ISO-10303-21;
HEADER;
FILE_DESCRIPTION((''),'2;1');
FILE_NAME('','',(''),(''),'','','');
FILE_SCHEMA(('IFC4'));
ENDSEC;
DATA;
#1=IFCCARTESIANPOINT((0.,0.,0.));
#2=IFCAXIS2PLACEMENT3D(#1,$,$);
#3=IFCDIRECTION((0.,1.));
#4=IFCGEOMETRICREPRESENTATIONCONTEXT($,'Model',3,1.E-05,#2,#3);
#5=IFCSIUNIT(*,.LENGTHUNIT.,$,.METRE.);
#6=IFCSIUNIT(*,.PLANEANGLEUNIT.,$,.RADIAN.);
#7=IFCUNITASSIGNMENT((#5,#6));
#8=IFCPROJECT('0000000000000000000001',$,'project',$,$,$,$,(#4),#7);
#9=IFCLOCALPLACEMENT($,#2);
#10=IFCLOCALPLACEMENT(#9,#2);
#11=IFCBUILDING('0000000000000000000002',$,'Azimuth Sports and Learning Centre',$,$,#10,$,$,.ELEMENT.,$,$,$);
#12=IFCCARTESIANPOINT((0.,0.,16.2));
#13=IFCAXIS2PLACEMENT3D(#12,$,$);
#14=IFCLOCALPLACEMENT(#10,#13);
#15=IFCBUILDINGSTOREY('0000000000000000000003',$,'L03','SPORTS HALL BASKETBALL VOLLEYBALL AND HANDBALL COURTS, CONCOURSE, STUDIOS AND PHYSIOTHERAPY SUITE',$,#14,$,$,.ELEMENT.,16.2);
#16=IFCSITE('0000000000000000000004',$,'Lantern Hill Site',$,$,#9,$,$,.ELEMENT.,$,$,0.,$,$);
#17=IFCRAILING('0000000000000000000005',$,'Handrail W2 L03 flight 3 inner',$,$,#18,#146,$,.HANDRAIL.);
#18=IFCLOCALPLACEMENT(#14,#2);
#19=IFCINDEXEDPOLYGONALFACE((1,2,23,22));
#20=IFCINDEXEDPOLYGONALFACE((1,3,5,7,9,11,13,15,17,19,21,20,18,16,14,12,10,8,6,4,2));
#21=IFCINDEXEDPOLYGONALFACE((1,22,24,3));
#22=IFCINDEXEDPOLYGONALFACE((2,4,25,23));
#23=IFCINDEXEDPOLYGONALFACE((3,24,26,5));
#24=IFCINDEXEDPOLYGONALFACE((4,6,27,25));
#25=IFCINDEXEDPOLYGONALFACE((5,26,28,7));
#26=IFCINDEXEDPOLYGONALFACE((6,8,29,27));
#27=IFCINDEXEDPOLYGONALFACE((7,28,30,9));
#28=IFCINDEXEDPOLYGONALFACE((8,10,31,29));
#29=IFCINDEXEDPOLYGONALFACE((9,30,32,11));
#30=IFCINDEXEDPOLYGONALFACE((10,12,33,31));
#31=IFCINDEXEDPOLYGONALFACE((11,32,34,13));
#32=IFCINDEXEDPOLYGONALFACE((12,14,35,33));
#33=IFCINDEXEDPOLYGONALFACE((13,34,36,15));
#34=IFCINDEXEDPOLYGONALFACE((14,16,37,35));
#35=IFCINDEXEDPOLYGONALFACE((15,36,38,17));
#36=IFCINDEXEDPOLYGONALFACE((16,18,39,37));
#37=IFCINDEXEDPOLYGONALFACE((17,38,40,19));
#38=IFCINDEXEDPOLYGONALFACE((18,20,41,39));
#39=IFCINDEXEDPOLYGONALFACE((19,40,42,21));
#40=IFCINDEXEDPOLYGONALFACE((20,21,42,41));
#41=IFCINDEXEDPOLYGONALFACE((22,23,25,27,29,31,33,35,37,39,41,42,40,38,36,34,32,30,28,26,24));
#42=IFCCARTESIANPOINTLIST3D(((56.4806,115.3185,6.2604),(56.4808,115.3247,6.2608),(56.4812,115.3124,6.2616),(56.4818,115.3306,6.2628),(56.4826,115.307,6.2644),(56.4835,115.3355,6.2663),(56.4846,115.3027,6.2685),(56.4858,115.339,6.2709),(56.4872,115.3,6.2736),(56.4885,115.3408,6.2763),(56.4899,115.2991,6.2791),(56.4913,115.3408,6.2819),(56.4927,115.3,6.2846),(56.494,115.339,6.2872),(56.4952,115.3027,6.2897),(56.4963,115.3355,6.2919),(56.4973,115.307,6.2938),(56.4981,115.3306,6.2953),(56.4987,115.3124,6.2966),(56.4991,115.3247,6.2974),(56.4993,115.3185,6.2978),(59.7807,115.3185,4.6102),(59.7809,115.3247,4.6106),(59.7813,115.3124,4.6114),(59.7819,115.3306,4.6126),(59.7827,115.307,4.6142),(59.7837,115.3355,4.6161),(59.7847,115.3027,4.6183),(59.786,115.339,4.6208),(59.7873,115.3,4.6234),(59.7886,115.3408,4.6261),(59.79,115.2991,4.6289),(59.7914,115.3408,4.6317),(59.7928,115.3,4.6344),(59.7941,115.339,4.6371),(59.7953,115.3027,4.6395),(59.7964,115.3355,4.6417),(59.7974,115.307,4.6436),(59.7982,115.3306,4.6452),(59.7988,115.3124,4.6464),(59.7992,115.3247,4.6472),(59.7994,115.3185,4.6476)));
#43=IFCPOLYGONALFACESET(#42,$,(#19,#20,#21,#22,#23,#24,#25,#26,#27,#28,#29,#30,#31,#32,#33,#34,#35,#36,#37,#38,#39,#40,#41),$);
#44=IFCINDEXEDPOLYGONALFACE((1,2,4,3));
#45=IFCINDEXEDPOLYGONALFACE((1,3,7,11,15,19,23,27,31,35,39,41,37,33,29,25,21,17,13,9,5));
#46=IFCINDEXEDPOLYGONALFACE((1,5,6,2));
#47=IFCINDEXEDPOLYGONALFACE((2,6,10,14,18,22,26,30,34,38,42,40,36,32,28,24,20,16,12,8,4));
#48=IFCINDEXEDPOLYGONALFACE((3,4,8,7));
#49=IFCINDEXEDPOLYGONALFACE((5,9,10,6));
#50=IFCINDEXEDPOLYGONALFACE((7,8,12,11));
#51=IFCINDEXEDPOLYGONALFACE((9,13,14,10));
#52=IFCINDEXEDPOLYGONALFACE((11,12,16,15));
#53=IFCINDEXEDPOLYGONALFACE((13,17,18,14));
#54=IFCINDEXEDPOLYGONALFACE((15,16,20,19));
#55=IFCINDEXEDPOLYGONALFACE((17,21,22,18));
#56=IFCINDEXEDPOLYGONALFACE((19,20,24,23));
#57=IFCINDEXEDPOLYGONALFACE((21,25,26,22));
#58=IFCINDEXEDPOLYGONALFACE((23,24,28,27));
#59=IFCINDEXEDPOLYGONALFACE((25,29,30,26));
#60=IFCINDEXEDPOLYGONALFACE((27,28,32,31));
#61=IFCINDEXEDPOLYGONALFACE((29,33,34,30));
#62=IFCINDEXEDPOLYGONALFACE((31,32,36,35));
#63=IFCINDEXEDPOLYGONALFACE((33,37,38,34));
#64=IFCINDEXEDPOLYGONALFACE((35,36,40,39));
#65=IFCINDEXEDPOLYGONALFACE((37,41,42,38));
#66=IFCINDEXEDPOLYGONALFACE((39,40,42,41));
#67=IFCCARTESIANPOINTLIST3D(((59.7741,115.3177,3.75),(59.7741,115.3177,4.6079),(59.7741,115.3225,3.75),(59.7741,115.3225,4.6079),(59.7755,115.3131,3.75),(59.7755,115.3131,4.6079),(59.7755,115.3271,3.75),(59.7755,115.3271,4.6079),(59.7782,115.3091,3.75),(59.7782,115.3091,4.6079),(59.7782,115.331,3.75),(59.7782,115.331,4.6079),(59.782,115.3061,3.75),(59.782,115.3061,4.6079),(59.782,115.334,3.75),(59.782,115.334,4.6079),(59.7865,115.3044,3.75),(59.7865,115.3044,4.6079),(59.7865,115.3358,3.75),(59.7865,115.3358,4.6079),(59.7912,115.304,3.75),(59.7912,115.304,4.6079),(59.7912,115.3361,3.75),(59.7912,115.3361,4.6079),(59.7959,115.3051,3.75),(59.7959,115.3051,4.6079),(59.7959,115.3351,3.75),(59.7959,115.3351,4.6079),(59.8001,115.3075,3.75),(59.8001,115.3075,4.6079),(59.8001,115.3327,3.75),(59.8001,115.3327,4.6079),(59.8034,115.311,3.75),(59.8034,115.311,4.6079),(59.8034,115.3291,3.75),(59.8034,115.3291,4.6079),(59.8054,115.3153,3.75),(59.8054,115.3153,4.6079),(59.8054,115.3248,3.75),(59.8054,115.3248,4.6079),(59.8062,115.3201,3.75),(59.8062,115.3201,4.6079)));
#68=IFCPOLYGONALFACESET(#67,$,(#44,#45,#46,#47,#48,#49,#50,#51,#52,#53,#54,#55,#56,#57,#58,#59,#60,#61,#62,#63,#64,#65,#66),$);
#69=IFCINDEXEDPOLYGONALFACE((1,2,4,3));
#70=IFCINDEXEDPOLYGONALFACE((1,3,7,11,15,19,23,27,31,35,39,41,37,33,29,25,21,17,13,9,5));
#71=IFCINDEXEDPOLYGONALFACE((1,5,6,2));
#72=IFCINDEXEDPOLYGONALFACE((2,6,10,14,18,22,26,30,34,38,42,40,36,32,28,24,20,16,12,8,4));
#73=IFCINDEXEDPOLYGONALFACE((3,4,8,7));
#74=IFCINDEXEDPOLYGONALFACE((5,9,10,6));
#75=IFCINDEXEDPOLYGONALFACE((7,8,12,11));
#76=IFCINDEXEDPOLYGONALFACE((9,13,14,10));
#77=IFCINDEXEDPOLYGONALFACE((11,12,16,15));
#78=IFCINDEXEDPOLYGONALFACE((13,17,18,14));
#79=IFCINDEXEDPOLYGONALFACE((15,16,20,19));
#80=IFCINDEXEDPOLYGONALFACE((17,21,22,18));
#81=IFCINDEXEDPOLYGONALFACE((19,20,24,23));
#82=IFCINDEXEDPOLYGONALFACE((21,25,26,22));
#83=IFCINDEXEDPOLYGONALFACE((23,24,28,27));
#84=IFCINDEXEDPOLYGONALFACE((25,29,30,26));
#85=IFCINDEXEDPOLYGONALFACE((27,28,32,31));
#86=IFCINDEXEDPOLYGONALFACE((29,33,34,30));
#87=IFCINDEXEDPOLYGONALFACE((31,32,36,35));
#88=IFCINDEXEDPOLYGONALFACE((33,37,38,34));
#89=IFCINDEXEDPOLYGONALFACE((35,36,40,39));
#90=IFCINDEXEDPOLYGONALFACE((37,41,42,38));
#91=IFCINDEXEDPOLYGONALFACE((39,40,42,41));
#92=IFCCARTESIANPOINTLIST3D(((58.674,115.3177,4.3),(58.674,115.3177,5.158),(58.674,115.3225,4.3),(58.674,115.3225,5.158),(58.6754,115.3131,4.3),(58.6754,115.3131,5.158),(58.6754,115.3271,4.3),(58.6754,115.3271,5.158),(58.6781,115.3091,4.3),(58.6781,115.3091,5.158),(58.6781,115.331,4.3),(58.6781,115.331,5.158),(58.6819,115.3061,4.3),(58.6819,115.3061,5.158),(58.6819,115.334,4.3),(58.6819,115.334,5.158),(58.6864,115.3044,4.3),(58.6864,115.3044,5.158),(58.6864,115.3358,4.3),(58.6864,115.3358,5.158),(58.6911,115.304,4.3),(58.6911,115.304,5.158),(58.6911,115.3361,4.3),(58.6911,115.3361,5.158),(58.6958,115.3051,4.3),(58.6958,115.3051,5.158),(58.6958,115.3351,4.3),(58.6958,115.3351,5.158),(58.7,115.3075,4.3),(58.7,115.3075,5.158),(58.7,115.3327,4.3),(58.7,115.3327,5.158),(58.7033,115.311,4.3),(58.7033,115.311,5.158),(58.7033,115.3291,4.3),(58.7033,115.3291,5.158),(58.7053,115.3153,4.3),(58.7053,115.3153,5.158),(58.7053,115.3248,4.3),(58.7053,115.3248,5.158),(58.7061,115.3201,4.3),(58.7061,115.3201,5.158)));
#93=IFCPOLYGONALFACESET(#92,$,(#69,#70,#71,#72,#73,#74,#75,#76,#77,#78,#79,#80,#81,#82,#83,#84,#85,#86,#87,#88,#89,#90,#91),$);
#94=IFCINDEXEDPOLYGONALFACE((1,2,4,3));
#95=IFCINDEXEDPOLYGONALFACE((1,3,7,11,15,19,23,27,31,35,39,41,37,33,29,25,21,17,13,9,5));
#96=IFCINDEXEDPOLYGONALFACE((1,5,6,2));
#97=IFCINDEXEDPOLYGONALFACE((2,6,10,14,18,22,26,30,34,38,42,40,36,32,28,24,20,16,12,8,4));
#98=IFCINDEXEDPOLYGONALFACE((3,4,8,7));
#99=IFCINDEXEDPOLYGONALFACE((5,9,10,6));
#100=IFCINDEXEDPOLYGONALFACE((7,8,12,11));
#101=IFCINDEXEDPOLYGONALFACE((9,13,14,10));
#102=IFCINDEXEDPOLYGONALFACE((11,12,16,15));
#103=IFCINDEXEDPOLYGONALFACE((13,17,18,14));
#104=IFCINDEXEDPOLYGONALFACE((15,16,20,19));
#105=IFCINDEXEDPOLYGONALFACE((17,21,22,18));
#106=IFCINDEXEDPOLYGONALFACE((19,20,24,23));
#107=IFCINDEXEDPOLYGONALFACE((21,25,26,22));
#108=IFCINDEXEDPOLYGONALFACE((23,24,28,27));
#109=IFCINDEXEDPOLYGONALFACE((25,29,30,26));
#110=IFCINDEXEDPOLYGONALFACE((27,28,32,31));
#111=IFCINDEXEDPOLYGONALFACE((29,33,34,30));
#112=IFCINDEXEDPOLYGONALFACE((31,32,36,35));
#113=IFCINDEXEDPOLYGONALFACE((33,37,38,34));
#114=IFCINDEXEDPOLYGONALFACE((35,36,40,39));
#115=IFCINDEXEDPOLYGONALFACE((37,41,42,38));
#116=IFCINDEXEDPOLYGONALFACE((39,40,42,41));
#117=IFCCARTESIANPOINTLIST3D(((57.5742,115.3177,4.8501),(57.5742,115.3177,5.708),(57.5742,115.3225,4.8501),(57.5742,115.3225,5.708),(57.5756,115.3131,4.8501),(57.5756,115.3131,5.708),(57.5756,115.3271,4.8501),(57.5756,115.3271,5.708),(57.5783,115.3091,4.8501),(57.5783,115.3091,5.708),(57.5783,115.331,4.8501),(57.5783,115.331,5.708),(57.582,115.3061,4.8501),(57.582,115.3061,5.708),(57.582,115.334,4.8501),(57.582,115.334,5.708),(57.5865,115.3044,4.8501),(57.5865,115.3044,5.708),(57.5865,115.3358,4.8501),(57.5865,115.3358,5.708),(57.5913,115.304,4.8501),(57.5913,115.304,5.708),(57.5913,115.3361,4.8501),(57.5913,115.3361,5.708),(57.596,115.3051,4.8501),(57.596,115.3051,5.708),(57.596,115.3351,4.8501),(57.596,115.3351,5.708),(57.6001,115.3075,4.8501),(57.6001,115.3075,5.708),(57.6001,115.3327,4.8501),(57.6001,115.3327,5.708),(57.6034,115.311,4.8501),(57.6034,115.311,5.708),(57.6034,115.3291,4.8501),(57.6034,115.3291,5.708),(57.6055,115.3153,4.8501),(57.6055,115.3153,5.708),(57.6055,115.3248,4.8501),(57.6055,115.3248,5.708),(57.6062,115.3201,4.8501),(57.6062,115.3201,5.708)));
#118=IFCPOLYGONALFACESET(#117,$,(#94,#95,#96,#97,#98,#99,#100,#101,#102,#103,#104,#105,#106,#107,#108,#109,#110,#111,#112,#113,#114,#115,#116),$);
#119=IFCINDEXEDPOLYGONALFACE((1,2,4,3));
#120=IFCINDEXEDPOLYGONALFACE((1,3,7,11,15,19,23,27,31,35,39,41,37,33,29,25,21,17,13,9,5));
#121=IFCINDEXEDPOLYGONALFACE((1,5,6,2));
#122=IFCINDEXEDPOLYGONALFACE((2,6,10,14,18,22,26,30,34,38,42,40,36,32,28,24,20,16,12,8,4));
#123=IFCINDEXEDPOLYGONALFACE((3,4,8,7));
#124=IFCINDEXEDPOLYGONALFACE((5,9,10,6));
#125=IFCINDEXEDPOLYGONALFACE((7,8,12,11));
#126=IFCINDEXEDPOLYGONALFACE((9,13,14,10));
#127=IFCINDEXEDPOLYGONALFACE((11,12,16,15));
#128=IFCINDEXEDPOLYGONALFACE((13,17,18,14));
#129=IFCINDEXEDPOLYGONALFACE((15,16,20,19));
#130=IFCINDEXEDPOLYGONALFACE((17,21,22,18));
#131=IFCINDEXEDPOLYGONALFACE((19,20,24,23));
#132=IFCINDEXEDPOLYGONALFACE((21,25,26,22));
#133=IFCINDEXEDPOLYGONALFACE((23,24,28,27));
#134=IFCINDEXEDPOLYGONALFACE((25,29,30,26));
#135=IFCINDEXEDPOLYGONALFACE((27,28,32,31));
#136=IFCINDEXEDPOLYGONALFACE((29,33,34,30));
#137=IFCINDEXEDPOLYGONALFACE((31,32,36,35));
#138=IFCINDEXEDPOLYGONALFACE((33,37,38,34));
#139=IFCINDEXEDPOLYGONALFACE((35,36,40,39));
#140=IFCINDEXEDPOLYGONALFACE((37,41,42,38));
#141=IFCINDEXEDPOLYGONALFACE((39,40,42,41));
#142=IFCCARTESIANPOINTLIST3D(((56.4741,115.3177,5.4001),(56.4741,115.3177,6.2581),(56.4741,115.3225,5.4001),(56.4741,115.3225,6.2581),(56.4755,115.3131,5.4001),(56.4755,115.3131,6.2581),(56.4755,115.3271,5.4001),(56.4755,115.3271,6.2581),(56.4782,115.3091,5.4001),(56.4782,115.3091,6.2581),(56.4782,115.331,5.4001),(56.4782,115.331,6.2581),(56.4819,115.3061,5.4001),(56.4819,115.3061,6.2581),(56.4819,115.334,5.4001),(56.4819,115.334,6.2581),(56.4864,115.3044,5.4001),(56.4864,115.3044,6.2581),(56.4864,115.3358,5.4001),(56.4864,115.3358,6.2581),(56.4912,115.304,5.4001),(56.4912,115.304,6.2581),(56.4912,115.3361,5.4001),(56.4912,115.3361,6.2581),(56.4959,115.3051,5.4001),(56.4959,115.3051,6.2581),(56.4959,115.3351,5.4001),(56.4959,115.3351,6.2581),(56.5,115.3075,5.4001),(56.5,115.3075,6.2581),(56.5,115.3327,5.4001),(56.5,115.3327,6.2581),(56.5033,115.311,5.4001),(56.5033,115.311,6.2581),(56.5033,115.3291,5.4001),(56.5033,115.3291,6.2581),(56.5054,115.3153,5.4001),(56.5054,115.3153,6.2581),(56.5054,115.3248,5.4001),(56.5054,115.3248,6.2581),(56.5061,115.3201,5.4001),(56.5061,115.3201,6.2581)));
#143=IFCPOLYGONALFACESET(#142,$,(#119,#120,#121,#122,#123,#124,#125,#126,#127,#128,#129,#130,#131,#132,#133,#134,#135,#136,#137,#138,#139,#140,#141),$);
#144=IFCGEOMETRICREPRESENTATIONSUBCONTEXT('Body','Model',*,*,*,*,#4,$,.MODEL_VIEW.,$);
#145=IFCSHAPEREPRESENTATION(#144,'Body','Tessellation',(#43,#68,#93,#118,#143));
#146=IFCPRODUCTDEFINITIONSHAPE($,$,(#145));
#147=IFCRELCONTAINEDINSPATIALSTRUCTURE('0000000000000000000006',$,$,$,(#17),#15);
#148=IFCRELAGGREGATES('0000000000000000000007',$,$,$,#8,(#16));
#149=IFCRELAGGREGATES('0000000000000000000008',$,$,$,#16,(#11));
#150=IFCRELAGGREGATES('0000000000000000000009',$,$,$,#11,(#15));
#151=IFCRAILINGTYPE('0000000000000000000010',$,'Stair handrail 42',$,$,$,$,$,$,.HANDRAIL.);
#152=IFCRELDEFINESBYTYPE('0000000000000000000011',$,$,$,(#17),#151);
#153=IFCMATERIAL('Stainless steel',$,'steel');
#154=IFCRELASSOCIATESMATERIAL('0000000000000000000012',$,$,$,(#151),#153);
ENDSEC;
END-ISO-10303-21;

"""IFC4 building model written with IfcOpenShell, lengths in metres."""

from ifc_helpers import new_model, si_unit, direction, frame, origin, origin_2d, place, context, subcontext, project, spatial, circle, extrude, material, type_object, element, save


model = new_model("IFC4")

# Units and contexts
model_context = context("Model", 3, precision=1e-05, world=origin(), true_north=direction((0.0, 1.0)))
body_context = subcontext(model_context, "Body", "Model", "MODEL_VIEW")
ifc_project = project(units=[si_unit("LENGTHUNIT", "METRE"), si_unit("PLANEANGLEUNIT", "RADIAN")], contexts=[model_context])

# Site, building, storey
site_placement = place(None, origin())
site = spatial("IfcSite", under=ifc_project, at=site_placement, Name="Lantern Hill Site", CompositionType="ELEMENT", RefElevation=0.0)
building_placement = place(site_placement, origin())
building = spatial("IfcBuilding", under=site, at=building_placement, Name="Azimuth Sports and Learning Centre", CompositionType="ELEMENT")
storey_placement = place(building_placement, frame((0.0, 0.0, 16.2)))
storey = spatial("IfcBuildingStorey", under=building, at=storey_placement, Name="L03", Description="SPORTS HALL BASKETBALL VOLLEYBALL AND HANDBALL COURTS, CONCOURSE, STUDIOS AND PHYSIOTHERAPY SUITE", CompositionType="ELEMENT", Elevation=16.2)

# Railing
ifc_material_1 = material(Name="Stainless steel", Category="steel")
railing_type = type_object("IfcRailingType", Name="Stair handrail 42", PredefinedType="HANDRAIL", material=ifc_material_1)
for number, where, name in (
    (1, (59.79, 115.3201, 3.75), "Handrail W2 L03 flight 3 inner"),
):
    element("IfcRailing", number, at=place(storey_placement, frame(where)), inside=storey, type_object=railing_type, Name=name, PredefinedType="HANDRAIL", context=body_context, shape_type="SweptSolid", body=[
        extrude(circle(Radius=0.021, at=origin_2d()), frame((0.0, 0.0, 0.8789), z_axis=(-0.894414, 0.0, 0.44724), x_axis=(0.0, -1.0, 0.0)), (0.0, 0.0, 1.0), 3.6897),
        extrude(circle(Radius=0.0161, at=origin_2d()), origin(), (0.0, 0.0, 1.0), 0.8579),
        extrude(circle(Radius=0.0161, at=origin_2d()), frame((-1.1001, 0.0, 0.55)), (0.0, 0.0, 1.0), 0.8579),
        extrude(circle(Radius=0.0161, at=origin_2d()), frame((-2.2, 0.0, 1.1001)), (0.0, 0.0, 1.0), 0.8579),
        extrude(circle(Radius=0.0161, at=origin_2d()), frame((-3.3, 0.0, 1.6501)), (0.0, 0.0, 1.0), 0.8579),
    ])

save(model, "model.ifc")
